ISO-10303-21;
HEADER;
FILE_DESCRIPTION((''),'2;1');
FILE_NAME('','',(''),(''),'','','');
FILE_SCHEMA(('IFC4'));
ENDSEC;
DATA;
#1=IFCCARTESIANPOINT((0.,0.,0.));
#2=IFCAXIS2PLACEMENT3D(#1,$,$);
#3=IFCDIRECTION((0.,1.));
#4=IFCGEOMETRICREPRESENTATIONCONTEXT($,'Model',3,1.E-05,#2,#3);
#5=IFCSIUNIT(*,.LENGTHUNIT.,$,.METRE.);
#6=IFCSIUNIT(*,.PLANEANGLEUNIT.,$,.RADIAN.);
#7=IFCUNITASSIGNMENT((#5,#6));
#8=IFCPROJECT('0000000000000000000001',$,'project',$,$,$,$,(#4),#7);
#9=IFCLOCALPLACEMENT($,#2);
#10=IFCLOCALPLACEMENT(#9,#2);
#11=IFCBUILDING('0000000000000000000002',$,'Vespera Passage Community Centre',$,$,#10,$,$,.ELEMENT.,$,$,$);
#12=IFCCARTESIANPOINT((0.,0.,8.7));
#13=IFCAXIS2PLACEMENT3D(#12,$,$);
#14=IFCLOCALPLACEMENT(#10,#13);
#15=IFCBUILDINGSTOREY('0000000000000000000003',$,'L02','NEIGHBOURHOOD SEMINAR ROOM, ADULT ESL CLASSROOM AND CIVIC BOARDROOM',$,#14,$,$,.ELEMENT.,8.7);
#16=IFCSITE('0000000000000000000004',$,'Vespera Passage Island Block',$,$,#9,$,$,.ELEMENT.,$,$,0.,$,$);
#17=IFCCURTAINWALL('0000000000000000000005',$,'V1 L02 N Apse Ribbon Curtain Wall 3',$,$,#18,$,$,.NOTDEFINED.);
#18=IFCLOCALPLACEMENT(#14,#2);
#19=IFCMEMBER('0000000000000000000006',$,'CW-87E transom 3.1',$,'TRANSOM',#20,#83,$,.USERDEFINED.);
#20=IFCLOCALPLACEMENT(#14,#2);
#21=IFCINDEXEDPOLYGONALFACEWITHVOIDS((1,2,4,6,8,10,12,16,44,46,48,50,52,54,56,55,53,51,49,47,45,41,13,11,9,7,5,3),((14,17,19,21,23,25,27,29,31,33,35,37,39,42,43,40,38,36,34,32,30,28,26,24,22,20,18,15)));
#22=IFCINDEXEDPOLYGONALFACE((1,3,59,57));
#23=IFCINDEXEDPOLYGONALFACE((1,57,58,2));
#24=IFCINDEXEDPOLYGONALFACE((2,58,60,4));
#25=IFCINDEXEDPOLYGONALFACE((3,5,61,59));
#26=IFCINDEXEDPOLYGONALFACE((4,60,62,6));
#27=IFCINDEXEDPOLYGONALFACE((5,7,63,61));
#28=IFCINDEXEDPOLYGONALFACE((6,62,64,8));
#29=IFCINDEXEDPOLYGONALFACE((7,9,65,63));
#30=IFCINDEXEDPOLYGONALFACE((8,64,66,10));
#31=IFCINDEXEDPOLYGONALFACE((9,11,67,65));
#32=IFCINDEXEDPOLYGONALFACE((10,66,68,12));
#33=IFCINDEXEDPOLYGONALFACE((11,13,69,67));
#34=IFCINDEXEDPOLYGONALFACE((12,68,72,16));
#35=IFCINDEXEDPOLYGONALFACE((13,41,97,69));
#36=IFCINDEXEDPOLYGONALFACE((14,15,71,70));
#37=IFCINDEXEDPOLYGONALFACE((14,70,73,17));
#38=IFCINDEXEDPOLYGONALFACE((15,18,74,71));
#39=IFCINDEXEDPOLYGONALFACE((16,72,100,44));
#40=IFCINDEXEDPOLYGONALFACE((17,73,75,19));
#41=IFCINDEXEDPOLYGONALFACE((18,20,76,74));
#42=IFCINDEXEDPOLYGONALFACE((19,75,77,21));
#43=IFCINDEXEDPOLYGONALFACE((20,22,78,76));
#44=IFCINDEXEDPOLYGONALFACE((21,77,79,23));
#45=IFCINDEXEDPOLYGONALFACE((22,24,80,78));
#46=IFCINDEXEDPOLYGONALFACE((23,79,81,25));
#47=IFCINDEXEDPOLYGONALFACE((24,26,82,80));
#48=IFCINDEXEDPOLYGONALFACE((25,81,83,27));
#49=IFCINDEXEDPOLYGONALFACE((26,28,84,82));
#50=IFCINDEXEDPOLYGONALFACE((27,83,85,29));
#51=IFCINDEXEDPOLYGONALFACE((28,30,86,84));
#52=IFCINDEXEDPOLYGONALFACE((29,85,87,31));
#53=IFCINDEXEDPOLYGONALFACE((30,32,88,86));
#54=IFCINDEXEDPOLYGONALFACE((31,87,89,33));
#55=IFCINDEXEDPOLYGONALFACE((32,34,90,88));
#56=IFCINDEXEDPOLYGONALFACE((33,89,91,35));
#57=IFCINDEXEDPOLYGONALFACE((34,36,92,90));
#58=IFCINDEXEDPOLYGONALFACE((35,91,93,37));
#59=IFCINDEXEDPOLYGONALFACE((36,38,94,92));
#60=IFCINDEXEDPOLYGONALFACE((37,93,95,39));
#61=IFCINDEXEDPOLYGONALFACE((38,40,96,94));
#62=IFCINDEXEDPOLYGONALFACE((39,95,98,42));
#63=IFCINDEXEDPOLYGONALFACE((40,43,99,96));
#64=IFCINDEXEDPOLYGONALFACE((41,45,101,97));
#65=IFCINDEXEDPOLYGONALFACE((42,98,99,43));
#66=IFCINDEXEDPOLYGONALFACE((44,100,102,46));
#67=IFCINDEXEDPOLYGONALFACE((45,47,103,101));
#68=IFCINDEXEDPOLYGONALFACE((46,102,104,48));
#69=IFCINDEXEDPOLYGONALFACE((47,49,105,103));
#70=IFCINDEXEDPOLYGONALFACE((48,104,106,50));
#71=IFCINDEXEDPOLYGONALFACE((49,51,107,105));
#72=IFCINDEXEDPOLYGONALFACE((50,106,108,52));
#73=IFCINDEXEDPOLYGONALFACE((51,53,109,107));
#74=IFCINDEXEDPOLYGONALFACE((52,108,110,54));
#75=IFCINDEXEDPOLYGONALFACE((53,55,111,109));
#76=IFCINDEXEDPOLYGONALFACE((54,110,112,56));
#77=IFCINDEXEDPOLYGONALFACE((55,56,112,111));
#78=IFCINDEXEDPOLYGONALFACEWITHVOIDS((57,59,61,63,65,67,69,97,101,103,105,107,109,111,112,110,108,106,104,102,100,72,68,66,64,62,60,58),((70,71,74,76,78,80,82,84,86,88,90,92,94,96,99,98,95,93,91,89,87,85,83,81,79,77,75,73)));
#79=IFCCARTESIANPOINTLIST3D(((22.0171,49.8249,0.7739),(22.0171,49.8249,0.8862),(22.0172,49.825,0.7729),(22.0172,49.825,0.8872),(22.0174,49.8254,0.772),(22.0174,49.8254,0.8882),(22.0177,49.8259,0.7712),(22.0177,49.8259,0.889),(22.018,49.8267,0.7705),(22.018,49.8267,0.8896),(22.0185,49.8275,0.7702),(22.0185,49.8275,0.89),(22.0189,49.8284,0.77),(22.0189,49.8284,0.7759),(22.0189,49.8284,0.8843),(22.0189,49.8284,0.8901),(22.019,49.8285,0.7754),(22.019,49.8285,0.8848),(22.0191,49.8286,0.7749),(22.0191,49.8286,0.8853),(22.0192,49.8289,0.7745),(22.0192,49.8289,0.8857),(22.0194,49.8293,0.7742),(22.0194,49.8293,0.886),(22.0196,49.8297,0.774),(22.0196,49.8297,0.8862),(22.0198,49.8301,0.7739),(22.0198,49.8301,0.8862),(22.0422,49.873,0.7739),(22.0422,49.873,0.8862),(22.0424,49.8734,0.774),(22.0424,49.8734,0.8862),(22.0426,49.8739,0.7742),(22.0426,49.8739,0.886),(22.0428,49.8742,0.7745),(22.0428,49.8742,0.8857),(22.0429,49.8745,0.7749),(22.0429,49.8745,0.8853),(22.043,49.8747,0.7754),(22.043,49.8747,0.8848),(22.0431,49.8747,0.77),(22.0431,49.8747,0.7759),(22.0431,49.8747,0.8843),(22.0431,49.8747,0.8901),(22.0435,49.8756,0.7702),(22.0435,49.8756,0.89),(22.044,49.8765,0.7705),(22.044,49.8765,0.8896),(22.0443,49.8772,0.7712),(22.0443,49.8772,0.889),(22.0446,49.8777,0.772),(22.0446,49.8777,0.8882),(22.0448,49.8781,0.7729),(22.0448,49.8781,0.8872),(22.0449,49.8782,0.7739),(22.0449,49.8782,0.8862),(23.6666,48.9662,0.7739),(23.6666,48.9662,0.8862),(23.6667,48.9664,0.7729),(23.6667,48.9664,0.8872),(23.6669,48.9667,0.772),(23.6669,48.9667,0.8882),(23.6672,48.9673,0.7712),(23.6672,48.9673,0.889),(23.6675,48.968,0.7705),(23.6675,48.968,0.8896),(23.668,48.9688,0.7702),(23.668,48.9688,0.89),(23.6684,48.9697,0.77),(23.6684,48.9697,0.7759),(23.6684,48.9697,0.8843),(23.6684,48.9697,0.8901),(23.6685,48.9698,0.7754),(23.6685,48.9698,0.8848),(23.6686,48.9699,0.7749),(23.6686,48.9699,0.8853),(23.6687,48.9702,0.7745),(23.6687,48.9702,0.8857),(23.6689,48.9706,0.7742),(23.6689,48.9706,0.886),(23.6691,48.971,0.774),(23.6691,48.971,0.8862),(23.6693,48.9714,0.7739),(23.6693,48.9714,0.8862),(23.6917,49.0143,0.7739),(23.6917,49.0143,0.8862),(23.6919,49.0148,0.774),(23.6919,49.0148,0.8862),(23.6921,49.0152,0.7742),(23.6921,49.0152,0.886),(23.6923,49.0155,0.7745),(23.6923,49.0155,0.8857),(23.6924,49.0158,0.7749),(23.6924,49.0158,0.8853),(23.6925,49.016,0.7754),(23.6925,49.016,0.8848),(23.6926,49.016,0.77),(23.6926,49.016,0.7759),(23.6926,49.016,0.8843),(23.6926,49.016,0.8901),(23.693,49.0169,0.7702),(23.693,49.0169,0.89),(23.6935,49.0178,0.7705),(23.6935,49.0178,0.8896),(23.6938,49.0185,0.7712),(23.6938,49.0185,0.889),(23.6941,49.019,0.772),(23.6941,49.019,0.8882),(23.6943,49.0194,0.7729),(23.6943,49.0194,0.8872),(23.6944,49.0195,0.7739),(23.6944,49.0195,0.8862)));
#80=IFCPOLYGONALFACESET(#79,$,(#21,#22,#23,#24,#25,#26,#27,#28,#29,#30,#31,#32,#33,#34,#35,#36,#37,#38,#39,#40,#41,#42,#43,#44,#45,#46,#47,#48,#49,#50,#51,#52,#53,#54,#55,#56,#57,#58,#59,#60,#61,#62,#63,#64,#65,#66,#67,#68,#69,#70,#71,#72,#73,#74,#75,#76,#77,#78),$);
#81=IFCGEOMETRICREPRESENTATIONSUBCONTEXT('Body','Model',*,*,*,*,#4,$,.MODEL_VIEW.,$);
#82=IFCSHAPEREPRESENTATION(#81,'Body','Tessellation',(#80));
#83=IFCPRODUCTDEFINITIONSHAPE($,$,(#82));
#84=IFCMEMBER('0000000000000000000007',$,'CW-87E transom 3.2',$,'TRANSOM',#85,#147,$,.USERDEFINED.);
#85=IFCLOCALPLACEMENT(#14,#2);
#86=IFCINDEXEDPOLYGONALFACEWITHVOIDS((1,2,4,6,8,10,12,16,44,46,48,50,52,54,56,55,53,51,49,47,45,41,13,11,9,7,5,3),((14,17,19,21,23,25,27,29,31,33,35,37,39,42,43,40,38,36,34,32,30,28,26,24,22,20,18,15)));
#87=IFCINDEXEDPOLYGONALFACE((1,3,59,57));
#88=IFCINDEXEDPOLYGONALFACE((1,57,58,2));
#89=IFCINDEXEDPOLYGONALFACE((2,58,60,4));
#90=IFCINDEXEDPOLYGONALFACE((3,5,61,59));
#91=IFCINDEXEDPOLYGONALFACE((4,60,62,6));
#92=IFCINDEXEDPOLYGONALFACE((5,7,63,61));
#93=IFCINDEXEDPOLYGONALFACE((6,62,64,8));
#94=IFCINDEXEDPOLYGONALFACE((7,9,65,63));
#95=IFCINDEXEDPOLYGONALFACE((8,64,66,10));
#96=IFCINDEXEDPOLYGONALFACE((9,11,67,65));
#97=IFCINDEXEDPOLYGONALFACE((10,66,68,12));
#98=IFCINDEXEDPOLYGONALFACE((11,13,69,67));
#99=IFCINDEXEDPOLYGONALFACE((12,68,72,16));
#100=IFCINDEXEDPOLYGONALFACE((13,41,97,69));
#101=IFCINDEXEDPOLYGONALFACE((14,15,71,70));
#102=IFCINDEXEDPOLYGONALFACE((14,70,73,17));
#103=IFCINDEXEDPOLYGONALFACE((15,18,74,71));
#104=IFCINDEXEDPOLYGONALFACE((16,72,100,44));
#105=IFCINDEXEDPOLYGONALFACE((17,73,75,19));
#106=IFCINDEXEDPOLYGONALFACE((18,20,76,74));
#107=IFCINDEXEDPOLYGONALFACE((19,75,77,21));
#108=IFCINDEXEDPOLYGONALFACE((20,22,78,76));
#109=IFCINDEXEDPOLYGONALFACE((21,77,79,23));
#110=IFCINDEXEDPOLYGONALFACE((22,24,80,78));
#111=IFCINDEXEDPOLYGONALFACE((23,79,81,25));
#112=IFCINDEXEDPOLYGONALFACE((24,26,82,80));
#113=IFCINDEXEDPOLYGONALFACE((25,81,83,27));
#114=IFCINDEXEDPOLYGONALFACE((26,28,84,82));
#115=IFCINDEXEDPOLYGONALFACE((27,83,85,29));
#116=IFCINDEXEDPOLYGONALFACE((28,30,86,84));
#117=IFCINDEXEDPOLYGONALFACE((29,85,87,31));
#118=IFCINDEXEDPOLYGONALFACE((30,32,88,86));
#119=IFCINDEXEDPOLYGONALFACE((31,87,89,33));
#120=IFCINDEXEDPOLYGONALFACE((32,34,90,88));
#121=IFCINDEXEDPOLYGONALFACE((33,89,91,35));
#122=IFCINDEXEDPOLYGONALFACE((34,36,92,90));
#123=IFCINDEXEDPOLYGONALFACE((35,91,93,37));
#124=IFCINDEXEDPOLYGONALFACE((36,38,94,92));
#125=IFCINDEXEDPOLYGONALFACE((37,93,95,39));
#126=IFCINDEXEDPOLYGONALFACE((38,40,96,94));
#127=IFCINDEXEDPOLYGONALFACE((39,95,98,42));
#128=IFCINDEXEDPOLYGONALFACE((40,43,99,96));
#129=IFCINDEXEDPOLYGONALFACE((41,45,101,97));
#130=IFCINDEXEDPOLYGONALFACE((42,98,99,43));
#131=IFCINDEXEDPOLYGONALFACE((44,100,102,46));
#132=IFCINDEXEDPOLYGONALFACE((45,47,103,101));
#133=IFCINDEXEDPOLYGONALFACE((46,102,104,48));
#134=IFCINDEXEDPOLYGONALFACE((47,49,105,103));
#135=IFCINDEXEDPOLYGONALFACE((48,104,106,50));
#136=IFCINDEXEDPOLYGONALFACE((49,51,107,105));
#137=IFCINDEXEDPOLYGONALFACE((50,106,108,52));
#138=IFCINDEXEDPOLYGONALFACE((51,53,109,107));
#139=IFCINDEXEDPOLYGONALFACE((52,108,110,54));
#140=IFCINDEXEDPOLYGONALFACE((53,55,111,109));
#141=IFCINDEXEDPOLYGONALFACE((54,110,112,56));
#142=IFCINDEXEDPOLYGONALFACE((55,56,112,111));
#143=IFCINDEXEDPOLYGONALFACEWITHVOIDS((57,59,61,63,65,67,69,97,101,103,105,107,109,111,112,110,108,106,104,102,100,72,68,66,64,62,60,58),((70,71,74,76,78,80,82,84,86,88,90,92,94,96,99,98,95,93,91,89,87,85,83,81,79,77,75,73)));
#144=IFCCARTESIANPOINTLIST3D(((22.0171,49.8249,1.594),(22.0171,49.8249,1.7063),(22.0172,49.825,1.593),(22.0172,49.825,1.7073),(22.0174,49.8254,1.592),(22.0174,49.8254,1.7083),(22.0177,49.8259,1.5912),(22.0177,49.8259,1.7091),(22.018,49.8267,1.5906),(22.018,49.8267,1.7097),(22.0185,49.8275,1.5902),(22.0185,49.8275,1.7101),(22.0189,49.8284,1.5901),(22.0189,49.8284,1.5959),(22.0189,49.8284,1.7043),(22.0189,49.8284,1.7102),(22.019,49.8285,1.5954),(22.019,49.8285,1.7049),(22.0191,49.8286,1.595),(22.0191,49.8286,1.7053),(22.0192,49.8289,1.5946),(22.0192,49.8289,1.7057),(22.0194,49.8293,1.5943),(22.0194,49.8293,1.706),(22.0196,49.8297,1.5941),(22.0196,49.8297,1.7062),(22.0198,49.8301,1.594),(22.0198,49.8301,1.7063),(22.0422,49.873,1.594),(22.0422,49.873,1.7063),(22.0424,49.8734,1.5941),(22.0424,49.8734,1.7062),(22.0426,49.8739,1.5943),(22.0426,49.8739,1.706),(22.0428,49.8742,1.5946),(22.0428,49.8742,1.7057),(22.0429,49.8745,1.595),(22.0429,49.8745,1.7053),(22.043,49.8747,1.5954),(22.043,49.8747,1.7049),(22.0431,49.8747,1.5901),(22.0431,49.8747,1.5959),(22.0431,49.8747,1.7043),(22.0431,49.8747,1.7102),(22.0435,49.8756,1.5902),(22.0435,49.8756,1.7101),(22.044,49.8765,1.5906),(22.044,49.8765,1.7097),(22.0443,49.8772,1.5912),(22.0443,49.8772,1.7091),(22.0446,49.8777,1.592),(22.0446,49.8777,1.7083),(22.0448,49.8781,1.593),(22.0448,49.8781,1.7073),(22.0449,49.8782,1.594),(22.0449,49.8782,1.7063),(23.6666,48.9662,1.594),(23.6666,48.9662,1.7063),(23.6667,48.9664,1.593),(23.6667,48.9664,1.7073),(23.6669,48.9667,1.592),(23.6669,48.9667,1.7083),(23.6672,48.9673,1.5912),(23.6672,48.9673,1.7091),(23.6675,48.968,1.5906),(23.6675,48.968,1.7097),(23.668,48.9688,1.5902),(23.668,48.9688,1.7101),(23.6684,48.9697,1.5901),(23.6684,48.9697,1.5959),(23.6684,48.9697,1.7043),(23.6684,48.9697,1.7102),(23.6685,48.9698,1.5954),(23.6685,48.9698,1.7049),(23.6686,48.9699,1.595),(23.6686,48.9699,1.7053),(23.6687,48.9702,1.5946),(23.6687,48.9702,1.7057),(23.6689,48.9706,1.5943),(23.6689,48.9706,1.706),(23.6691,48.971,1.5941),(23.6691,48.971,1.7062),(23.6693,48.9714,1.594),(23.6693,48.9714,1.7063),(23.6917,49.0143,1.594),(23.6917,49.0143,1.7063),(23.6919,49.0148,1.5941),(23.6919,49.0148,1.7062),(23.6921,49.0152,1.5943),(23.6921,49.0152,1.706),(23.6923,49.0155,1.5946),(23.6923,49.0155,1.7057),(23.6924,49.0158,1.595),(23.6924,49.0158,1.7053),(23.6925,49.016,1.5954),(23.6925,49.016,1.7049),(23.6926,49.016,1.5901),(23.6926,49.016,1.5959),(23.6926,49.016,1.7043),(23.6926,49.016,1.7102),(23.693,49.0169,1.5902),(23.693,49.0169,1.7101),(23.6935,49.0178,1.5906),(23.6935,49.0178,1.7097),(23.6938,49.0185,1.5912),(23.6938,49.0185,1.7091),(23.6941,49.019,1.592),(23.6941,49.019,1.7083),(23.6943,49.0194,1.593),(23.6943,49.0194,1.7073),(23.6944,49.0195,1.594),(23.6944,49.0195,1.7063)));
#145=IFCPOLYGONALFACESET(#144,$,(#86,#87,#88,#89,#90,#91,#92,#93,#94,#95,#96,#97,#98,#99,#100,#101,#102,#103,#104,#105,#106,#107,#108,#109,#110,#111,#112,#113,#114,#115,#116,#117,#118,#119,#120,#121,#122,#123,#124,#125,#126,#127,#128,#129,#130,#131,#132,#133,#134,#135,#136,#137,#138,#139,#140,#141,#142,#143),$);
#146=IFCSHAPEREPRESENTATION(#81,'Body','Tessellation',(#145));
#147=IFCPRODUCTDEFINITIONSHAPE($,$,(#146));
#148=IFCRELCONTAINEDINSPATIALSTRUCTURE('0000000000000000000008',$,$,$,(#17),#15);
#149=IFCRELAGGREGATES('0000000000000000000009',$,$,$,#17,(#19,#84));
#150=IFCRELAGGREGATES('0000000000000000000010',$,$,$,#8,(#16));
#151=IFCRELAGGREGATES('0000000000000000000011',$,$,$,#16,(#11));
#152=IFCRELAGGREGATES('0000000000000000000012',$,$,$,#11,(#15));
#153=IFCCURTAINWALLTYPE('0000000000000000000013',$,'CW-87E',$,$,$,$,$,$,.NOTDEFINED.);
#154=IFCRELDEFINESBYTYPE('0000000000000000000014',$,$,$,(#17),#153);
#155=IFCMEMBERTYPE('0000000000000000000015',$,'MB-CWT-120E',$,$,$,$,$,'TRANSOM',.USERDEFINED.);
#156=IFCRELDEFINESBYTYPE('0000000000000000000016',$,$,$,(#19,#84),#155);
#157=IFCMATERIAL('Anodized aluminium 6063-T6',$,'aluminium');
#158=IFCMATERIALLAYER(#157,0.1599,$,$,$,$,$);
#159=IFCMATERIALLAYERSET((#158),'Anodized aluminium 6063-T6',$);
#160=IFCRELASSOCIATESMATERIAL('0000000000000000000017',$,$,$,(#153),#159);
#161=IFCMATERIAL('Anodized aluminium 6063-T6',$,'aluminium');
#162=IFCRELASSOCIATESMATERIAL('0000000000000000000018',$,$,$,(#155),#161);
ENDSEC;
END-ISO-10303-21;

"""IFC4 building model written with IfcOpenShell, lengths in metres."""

from ifc_helpers import new_model, si_unit, direction, frame, origin, origin_2d, place, context, subcontext, project, spatial, hollow_rectangle, extrude, material, layer, layer_set, material_profile, profile_set, type_object, element, aggregate, save


model = new_model("IFC4")

# Units and contexts
model_context = context("Model", 3, precision=1e-05, world=origin(), true_north=direction((0.0, 1.0)))
body_context = subcontext(model_context, "Body", "Model", "MODEL_VIEW")
ifc_project = project(units=[si_unit("LENGTHUNIT", "METRE"), si_unit("PLANEANGLEUNIT", "RADIAN")], contexts=[model_context])

# Site, building, storey
site_placement = place(None, origin())
site = spatial("IfcSite", under=ifc_project, at=site_placement, Name="Vespera Passage Island Block", CompositionType="ELEMENT", RefElevation=0.0)
building_placement = place(site_placement, origin())
building = spatial("IfcBuilding", under=site, at=building_placement, Name="Vespera Passage Community Centre", CompositionType="ELEMENT")
storey_placement = place(building_placement, frame((0.0, 0.0, 8.7)))
storey = spatial("IfcBuildingStorey", under=building, at=storey_placement, Name="L02", Description="NEIGHBOURHOOD SEMINAR ROOM, ADULT ESL CLASSROOM AND CIVIC BOARDROOM", CompositionType="ELEMENT", Elevation=8.7)

# Shared definitions
ifc_material_1 = material(Name="Anodized aluminium 6063-T6", Category="aluminium")
ifc_layer_1 = layer(ifc_material_1, 0.1599)
ifc_layer_set_1 = layer_set([ifc_layer_1], Name="Anodized aluminium 6063-T6")
curtain_wall_type = type_object("IfcCurtainWallType", Name="CW-87E", PredefinedType="NOTDEFINED", material=ifc_layer_set_1)

# Curtain wall
curtain_wall_1_placement = place(storey_placement, origin())
curtain_wall_1 = element("IfcCurtainWall", 1, at=curtain_wall_1_placement, inside=storey, type_object=curtain_wall_type, Name="V1 L02 N Apse Ribbon Curtain Wall 3", PredefinedType="NOTDEFINED")

# Members
ifc_material_2 = material(Name="Anodized aluminium 6063-T6", Category="aluminium")
ifc_material_profile_1 = material_profile(ifc_material_2, hollow_rectangle(XDim=0.0601, YDim=0.1201, WallThickness=0.0039, InnerFilletRadius=0.002, OuterFilletRadius=0.0039, at=origin_2d()), Name="ALU120X60X4")
ifc_profile_set_1 = profile_set([ifc_material_profile_1], Name="Anodized aluminium 6063-T6")
member_type_1 = type_object("IfcMemberType", Name="MB-CWT-120E", ElementType="TRANSOM", PredefinedType="USERDEFINED", material=ifc_profile_set_1)
member_1_placement = place(storey_placement, frame((22.031, 49.8516, 0.8301), z_axis=(0.887008, -0.461754, 0.0), x_axis=(0.461754, 0.887008, 0.0)))
member_1 = element("IfcMember", 2, at=member_1_placement, type_object=member_type_1, Name="CW-87E transom 3.1", ObjectType="TRANSOM", PredefinedType="USERDEFINED", context=body_context, shape_type="SweptSolid", body=[
    extrude(hollow_rectangle(XDim=0.0601, YDim=0.1201, WallThickness=0.0039, InnerFilletRadius=0.002, OuterFilletRadius=0.0039, at=origin_2d()), origin(), (0.0, 0.0, 1.0), 1.8596),
])
member_2_placement = place(storey_placement, frame((22.031, 49.8516, 1.6501), z_axis=(0.887008, -0.461754, 0.0), x_axis=(0.461754, 0.887008, 0.0)))
member_2 = element("IfcMember", 3, at=member_2_placement, type_object=member_type_1, Name="CW-87E transom 3.2", ObjectType="TRANSOM", PredefinedType="USERDEFINED", context=body_context, shape_type="SweptSolid", body=[
    extrude(hollow_rectangle(XDim=0.0601, YDim=0.1201, WallThickness=0.0039, InnerFilletRadius=0.002, OuterFilletRadius=0.0039, at=origin_2d()), origin(), (0.0, 0.0, 1.0), 1.8596),
])

aggregate(curtain_wall_1, [member_1, member_2])

save(model, "model.ifc")
